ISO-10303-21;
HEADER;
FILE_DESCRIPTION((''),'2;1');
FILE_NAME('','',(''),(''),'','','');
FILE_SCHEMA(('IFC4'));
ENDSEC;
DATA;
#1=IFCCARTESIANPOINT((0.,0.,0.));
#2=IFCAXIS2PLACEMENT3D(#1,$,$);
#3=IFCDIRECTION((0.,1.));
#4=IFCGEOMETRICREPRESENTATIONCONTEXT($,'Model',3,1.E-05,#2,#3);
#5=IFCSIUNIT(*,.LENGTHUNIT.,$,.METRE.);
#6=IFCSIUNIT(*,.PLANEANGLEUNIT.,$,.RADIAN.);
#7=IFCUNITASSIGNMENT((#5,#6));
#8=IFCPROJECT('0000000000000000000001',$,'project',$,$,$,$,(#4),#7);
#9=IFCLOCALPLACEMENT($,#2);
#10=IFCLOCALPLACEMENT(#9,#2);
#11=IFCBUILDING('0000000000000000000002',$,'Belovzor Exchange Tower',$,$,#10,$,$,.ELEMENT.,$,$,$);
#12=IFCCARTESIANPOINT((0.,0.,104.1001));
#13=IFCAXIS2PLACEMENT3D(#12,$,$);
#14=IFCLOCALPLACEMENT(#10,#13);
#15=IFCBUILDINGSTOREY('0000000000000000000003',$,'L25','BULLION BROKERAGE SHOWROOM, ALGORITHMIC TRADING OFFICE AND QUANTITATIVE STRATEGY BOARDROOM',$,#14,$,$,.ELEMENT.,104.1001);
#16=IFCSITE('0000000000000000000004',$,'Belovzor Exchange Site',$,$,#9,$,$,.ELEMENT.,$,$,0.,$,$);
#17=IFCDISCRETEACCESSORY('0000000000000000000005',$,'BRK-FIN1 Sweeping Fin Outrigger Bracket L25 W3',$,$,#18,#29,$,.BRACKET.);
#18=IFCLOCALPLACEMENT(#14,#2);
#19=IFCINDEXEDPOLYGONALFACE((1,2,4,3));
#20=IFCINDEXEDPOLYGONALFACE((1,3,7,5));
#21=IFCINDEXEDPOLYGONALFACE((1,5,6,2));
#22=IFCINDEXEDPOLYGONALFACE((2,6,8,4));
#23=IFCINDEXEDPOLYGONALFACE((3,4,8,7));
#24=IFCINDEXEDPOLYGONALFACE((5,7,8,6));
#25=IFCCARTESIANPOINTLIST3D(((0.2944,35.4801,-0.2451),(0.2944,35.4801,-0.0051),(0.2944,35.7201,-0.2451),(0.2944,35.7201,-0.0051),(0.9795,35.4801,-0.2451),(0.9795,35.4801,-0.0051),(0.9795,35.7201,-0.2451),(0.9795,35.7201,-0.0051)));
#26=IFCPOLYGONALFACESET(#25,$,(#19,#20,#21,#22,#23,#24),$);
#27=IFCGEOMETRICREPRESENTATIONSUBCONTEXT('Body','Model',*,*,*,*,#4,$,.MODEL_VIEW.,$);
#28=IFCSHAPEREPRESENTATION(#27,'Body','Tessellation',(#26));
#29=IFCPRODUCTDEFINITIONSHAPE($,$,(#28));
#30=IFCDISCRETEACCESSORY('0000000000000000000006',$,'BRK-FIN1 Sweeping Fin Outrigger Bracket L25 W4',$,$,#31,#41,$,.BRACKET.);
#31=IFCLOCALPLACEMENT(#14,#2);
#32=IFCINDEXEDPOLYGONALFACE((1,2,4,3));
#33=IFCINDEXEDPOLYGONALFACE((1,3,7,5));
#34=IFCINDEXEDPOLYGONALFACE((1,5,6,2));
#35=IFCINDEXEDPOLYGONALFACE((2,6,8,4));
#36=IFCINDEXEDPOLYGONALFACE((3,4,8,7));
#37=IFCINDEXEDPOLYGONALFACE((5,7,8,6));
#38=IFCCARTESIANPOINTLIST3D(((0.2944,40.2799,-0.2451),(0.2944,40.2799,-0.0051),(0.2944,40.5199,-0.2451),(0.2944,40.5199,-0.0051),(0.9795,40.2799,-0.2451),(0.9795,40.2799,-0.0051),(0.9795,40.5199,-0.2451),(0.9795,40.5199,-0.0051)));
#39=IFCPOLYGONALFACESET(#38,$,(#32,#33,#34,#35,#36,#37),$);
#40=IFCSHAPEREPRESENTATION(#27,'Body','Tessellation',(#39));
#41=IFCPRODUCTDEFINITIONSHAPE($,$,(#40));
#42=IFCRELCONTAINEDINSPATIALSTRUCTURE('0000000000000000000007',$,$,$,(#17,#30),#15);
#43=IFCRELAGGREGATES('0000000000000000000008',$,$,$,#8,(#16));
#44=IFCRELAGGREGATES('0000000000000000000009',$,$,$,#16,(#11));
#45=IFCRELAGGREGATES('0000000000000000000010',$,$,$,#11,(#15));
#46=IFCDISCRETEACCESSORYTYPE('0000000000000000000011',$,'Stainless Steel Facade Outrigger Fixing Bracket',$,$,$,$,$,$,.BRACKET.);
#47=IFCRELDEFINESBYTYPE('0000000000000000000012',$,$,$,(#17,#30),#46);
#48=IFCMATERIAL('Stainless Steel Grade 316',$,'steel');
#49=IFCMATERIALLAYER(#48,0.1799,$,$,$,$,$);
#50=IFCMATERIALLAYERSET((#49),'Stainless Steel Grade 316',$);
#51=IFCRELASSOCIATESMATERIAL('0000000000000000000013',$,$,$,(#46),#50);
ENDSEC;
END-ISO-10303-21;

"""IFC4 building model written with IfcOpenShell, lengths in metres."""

from ifc_helpers import new_model, si_unit, direction, frame, origin, origin_2d, place, context, subcontext, project, spatial, rectangle, extrude, material, layer, layer_set, type_object, element, save


model = new_model("IFC4")

# Units and contexts
model_context = context("Model", 3, precision=1e-05, world=origin(), true_north=direction((0.0, 1.0)))
body_context = subcontext(model_context, "Body", "Model", "MODEL_VIEW")
ifc_project = project(units=[si_unit("LENGTHUNIT", "METRE"), si_unit("PLANEANGLEUNIT", "RADIAN")], contexts=[model_context])

# Site, building, storey
site_placement = place(None, origin())
site = spatial("IfcSite", under=ifc_project, at=site_placement, Name="Belovzor Exchange Site", CompositionType="ELEMENT", RefElevation=0.0)
building_placement = place(site_placement, origin())
building = spatial("IfcBuilding", under=site, at=building_placement, Name="Belovzor Exchange Tower", CompositionType="ELEMENT")
storey_placement = place(building_placement, frame((0.0, 0.0, 104.1001)))
storey = spatial("IfcBuildingStorey", under=building, at=storey_placement, Name="L25", Description="BULLION BROKERAGE SHOWROOM, ALGORITHMIC TRADING OFFICE AND QUANTITATIVE STRATEGY BOARDROOM", CompositionType="ELEMENT", Elevation=104.1001)

# Discrete accessories
ifc_material_1 = material(Name="Stainless Steel Grade 316", Category="steel")
ifc_layer_1 = layer(ifc_material_1, 0.1799)
ifc_layer_set_1 = layer_set([ifc_layer_1], Name="Stainless Steel Grade 316")
discrete_accessory_type = type_object("IfcDiscreteAccessoryType", Name="Stainless Steel Facade Outrigger Fixing Bracket", PredefinedType="BRACKET", material=ifc_layer_set_1)
for number, where, z_axis, x_axis, name in (
    (1, (0.637, 35.6001, -0.2451), (0.0, 0.0, 1.0), (1.0, 0.0, 0.0), "BRK-FIN1 Sweeping Fin Outrigger Bracket L25 W3"),
    (2, (0.637, 40.3999, -0.2451), (0.0, 0.0, 1.0), (1.0, 0.0, 0.0), "BRK-FIN1 Sweeping Fin Outrigger Bracket L25 W4"),
):
    element("IfcDiscreteAccessory", number, at=place(storey_placement, frame(where, z_axis=z_axis, x_axis=x_axis)), inside=storey, type_object=discrete_accessory_type, Name=name, PredefinedType="BRACKET", context=body_context, shape_type="SweptSolid", body=[
        extrude(rectangle(XDim=0.6851, YDim=0.24, at=origin_2d()), origin(), (0.0, 0.0, 1.0), 0.24),
    ])

save(model, "model.ifc")
